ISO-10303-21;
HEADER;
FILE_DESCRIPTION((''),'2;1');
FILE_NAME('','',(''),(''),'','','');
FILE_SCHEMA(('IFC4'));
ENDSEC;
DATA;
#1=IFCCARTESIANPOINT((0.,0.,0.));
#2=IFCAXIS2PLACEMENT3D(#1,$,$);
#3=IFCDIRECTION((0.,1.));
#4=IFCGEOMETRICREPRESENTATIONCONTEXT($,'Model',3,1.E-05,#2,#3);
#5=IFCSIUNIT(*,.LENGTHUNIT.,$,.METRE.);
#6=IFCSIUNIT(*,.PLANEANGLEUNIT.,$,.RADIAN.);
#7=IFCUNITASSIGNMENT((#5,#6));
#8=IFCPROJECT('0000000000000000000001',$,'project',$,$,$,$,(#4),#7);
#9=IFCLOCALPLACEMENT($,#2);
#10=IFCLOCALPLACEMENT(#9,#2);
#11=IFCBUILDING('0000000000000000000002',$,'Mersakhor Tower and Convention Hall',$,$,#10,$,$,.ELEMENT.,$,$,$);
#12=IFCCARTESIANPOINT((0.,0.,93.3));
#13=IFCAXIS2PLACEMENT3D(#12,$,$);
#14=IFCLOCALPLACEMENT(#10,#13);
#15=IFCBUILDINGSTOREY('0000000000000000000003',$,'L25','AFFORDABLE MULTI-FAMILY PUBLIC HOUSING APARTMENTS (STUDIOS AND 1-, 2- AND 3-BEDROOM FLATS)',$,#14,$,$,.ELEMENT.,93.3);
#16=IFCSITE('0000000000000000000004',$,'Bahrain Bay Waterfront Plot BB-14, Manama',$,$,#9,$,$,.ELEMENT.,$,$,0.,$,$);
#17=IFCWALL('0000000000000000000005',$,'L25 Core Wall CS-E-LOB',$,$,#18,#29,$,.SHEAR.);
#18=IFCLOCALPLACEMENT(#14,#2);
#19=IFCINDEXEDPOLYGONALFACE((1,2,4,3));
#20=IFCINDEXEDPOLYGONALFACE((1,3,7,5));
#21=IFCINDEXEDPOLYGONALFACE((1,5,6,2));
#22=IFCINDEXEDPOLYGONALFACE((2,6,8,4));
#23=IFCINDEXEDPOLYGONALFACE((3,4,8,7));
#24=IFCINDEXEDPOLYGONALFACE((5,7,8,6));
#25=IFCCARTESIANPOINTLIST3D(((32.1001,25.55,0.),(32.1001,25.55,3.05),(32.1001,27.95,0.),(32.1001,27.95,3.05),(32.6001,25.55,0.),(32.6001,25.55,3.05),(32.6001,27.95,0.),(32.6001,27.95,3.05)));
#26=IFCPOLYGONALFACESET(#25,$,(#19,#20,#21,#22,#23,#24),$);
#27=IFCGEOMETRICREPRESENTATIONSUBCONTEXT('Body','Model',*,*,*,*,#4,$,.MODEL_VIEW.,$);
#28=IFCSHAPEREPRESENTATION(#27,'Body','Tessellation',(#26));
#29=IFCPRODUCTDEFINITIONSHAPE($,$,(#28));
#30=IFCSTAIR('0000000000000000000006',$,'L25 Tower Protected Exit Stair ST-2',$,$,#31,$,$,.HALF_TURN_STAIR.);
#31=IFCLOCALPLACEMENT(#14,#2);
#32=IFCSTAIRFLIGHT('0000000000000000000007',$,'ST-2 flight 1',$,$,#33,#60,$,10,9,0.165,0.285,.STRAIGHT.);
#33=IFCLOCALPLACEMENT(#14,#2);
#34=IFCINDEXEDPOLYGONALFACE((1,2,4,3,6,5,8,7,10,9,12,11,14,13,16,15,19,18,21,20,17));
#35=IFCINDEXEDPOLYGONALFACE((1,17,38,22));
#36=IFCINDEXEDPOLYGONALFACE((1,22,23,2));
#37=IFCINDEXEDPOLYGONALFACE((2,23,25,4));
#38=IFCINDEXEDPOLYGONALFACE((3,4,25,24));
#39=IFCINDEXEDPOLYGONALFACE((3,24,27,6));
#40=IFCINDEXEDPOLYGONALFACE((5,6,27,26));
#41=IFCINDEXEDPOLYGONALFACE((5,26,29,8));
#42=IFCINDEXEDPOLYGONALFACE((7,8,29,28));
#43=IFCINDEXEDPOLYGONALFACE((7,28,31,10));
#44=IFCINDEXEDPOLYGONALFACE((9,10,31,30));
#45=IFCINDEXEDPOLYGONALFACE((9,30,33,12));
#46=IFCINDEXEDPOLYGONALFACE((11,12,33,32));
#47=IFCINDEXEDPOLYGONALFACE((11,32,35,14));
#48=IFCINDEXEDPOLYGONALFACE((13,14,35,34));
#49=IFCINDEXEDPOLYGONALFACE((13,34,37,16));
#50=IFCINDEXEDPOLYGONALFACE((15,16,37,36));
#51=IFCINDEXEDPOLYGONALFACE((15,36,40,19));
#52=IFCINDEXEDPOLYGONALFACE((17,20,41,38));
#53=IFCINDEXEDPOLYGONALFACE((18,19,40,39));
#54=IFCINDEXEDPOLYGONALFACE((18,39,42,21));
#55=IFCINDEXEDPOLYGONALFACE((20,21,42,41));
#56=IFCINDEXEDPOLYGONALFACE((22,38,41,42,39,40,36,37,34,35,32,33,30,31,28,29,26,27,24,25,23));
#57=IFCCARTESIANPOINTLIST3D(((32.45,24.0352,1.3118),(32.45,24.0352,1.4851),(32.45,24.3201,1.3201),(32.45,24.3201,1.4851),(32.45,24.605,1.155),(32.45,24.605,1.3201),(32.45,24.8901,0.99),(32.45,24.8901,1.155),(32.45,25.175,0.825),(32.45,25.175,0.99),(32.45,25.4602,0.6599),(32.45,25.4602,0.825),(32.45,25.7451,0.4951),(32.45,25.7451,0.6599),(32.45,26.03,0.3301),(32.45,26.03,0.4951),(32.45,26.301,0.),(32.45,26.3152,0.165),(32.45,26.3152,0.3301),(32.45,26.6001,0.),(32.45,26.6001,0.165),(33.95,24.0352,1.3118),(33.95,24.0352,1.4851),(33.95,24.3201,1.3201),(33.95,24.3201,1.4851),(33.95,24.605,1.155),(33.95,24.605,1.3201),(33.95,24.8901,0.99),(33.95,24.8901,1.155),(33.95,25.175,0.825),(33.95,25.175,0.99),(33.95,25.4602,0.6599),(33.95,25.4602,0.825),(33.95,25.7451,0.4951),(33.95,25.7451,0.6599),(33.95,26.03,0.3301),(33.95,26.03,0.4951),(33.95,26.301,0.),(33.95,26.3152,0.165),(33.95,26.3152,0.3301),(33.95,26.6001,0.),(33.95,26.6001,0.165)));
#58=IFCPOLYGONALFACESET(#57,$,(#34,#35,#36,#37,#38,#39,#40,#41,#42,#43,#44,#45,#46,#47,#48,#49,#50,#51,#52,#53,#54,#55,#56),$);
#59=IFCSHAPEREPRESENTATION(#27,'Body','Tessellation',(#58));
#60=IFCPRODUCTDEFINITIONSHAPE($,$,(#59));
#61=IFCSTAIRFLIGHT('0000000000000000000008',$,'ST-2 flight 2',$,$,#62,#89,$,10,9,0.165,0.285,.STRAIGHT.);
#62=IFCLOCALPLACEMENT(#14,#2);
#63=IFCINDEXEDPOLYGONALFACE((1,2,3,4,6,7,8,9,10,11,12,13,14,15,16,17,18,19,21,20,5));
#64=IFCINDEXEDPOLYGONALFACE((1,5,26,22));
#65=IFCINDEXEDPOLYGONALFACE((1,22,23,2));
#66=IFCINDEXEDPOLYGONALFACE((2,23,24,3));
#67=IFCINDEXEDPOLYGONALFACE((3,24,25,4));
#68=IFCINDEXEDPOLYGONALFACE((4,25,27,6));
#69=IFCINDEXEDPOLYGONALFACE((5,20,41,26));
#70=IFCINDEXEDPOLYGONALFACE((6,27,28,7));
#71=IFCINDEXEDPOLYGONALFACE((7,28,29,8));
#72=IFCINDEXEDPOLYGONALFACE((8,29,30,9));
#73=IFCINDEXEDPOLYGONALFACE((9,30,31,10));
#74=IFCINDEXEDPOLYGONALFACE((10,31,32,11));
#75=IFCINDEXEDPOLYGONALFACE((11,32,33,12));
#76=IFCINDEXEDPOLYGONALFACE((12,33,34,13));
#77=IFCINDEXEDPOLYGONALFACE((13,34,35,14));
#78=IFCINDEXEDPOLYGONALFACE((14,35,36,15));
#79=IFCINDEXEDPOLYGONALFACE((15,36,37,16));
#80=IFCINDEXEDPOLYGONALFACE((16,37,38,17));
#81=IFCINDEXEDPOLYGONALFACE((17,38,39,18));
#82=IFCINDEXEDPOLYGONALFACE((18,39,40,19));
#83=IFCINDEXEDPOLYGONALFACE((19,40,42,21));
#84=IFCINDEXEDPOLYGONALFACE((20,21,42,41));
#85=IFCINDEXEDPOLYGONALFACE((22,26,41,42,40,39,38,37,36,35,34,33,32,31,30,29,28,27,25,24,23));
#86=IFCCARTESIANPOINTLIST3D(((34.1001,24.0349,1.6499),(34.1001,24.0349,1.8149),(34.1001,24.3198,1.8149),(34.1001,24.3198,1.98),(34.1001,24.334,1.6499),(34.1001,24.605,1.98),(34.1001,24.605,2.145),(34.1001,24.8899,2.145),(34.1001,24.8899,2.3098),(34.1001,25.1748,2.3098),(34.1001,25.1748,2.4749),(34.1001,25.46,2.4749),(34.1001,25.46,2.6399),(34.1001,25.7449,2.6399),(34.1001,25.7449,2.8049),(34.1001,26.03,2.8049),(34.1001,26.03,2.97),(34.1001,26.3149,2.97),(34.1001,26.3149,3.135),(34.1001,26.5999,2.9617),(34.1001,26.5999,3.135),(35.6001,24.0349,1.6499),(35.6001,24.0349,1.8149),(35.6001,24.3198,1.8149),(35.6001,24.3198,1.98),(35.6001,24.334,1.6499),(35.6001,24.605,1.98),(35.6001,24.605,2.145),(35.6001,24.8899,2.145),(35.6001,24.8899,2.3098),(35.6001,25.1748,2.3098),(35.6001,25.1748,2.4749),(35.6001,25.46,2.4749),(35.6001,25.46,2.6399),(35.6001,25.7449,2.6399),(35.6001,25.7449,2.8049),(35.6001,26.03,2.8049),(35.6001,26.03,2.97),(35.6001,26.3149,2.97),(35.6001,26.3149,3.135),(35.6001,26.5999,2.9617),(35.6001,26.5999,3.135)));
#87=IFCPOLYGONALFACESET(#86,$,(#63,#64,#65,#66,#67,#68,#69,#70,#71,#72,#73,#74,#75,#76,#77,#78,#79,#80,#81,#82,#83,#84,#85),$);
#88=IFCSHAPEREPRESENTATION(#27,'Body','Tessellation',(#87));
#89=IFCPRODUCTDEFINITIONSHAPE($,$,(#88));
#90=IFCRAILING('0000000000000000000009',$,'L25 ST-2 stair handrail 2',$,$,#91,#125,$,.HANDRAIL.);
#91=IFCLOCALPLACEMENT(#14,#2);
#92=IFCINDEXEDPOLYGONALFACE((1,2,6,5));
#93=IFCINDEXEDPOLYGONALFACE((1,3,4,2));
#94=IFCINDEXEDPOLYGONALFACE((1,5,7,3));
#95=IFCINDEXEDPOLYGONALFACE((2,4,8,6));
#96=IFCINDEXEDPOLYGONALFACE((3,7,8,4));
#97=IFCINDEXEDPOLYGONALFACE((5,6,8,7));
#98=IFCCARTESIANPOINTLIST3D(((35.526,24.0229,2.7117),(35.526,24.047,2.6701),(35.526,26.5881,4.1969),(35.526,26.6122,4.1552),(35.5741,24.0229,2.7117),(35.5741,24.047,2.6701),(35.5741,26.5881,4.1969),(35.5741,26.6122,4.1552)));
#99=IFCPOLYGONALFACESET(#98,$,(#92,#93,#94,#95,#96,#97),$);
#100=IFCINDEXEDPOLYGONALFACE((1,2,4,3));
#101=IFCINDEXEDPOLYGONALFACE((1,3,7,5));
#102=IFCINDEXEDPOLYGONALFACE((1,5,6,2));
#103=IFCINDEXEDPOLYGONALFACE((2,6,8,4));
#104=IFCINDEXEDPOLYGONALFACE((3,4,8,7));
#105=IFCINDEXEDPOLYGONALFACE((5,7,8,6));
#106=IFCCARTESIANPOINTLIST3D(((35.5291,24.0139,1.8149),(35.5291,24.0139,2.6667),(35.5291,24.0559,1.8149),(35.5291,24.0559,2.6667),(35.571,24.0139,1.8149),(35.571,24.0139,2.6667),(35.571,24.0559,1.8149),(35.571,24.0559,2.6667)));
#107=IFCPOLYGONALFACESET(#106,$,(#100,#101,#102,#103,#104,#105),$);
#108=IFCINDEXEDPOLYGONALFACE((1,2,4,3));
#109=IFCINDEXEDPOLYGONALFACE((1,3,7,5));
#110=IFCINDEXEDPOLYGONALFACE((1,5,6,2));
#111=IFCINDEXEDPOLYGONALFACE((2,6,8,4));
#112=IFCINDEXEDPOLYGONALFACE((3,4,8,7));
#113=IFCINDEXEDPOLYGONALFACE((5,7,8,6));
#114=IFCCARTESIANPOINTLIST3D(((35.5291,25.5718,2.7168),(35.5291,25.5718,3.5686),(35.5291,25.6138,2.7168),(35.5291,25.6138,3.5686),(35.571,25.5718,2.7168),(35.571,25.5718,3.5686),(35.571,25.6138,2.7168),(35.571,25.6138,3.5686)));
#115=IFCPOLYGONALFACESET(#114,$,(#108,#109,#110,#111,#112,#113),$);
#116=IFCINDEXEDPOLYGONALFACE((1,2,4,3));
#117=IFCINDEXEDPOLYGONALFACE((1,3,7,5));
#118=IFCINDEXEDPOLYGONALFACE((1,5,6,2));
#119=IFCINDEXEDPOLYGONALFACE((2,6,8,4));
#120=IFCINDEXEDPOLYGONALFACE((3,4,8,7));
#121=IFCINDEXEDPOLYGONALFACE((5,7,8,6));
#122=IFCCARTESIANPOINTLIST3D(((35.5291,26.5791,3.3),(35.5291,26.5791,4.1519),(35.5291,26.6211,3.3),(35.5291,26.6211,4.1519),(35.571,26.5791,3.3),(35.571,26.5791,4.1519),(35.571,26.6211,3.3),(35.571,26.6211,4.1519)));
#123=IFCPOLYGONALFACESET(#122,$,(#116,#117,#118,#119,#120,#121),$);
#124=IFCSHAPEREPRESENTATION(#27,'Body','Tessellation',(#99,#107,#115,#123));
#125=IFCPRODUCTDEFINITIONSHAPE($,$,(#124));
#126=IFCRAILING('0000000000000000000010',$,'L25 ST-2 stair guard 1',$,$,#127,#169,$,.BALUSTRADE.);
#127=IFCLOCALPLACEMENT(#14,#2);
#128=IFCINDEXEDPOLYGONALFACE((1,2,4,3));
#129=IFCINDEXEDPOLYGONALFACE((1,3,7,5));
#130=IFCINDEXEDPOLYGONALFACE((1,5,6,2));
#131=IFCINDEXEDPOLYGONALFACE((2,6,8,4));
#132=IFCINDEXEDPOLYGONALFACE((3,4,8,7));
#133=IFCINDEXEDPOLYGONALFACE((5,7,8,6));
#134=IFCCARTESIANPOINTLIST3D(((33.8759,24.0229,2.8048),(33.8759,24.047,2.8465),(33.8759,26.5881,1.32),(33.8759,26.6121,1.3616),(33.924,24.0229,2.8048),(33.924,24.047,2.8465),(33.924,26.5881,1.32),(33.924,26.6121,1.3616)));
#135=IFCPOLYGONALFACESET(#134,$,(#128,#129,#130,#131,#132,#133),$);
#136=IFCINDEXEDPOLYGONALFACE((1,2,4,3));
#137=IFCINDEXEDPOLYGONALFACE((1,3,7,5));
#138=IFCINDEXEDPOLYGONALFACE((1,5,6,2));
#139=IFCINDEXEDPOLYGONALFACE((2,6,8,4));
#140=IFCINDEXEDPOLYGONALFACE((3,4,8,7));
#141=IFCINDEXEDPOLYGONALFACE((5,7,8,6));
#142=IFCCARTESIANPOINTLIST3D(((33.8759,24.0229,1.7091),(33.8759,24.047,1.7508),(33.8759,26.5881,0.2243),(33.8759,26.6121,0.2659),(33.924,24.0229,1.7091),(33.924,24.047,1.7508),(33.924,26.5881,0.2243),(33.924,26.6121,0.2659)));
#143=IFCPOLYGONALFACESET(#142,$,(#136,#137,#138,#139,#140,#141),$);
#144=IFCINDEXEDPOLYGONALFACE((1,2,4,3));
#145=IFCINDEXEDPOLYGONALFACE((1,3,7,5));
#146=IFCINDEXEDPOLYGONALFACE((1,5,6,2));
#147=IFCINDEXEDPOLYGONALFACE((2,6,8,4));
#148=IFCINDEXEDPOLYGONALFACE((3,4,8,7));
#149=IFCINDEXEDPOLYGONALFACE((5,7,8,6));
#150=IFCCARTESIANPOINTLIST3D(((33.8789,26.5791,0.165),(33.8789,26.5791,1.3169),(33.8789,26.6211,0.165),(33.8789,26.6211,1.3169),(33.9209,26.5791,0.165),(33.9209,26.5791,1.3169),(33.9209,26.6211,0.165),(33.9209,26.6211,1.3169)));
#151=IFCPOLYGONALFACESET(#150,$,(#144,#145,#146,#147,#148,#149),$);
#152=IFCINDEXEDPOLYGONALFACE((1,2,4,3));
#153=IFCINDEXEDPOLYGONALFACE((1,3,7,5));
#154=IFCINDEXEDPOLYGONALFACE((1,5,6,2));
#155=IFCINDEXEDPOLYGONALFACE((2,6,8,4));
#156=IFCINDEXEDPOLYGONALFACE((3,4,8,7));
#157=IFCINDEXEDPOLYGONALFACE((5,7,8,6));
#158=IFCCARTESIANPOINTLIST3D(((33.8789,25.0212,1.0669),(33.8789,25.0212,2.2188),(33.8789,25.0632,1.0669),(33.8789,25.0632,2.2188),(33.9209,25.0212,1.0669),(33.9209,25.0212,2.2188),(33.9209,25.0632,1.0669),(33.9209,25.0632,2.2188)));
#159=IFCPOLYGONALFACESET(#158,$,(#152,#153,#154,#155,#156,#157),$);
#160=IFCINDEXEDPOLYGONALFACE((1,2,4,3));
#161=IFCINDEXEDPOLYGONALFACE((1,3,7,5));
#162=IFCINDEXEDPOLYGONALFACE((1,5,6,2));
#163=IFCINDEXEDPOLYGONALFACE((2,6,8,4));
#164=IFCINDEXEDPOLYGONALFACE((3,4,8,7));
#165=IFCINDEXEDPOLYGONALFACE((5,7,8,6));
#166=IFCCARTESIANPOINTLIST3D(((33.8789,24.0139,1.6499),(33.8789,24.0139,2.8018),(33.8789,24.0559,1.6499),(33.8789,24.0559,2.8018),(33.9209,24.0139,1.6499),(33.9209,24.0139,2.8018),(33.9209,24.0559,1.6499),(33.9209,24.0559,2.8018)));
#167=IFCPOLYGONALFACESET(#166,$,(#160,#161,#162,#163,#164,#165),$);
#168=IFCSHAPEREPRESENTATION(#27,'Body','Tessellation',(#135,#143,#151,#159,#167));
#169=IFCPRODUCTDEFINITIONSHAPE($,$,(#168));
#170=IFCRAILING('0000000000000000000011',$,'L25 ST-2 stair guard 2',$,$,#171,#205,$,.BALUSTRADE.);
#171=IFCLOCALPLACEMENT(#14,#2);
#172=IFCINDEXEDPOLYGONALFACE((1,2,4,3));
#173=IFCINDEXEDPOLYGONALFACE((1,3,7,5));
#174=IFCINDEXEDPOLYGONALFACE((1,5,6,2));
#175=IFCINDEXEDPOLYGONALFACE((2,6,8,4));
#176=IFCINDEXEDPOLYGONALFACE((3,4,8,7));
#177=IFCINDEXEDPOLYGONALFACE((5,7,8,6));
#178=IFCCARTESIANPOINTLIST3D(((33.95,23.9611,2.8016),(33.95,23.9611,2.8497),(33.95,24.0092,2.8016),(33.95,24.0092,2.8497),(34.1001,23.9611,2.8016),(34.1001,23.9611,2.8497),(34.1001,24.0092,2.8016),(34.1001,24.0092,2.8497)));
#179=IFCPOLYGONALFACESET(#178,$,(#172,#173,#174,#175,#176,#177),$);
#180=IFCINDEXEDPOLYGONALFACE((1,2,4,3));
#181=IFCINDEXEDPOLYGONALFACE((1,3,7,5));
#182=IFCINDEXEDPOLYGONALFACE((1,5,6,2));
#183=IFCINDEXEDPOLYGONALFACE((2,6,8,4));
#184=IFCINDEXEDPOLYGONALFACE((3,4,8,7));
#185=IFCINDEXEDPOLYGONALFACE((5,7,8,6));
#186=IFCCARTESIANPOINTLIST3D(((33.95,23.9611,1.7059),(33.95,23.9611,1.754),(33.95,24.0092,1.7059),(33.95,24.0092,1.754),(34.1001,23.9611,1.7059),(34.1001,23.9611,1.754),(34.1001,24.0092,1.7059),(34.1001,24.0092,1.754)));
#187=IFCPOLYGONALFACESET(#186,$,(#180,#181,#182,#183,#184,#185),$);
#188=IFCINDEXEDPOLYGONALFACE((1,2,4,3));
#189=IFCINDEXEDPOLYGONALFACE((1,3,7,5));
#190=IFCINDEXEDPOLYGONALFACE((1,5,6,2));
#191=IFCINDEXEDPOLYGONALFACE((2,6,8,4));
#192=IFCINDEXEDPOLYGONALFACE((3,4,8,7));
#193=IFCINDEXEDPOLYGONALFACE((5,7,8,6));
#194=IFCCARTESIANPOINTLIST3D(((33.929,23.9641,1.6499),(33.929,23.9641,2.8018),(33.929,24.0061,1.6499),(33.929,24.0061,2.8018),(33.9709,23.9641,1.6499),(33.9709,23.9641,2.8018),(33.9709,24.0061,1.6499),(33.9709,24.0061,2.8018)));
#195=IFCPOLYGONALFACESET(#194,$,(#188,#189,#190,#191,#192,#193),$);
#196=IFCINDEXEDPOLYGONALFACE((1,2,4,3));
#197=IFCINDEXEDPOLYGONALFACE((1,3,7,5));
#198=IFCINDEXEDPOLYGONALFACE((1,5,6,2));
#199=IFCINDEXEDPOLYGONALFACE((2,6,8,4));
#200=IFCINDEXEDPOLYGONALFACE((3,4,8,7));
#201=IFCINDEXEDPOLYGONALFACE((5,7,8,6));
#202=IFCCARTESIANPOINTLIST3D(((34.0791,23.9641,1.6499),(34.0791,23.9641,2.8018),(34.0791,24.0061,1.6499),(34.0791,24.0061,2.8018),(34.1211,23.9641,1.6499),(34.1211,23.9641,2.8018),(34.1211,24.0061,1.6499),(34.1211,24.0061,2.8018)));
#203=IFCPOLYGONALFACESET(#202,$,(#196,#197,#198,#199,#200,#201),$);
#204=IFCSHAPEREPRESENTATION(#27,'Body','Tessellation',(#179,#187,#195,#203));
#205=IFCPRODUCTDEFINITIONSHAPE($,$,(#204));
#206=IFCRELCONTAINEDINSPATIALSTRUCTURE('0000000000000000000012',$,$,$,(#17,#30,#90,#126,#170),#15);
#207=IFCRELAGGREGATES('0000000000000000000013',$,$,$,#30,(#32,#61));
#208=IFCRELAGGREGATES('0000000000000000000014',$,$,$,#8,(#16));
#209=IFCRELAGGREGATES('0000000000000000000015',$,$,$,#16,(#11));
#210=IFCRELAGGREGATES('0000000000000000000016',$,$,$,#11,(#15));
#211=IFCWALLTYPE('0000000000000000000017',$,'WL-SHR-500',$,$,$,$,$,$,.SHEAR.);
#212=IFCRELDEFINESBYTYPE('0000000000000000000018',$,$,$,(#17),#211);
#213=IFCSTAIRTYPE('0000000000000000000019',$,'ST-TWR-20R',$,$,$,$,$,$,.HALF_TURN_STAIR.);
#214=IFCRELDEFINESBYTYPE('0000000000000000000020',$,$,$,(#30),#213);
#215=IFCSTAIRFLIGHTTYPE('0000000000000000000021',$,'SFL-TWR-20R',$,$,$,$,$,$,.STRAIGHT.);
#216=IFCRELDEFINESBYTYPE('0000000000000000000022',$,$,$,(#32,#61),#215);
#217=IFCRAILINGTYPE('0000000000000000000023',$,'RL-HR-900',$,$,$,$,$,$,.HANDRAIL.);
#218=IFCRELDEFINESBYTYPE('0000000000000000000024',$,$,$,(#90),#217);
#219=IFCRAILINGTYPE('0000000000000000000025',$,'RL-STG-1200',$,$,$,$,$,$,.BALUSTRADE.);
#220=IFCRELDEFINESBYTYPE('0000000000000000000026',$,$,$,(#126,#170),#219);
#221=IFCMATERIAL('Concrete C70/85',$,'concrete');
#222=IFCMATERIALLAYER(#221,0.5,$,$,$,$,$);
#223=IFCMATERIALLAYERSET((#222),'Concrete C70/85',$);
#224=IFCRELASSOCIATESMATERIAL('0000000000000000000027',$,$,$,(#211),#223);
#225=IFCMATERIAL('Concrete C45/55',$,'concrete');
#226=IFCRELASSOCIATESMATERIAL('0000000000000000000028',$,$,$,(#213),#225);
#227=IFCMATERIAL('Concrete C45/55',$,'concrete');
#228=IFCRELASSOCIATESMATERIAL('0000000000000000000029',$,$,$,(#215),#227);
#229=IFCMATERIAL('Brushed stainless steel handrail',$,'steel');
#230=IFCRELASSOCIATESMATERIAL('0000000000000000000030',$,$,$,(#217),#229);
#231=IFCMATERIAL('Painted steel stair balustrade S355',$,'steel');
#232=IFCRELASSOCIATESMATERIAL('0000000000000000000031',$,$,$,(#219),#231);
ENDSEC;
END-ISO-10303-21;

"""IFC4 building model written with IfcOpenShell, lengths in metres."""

from ifc_helpers import new_model, si_unit, direction, frame, frame_2d, origin, origin_2d, place, context, subcontext, project, spatial, polyline, rectangle, outline, extrude, material, layer, layer_set, type_object, element, aggregate, save


model = new_model("IFC4")

# Units and contexts
model_context = context("Model", 3, precision=1e-05, world=origin(), true_north=direction((0.0, 1.0)))
body_context = subcontext(model_context, "Body", "Model", "MODEL_VIEW")
ifc_project = project(units=[si_unit("LENGTHUNIT", "METRE"), si_unit("PLANEANGLEUNIT", "RADIAN")], contexts=[model_context])

# Site, building, storey
site_placement = place(None, origin())
site = spatial("IfcSite", under=ifc_project, at=site_placement, Name="Bahrain Bay Waterfront Plot BB-14, Manama", CompositionType="ELEMENT", RefElevation=0.0)
building_placement = place(site_placement, origin())
building = spatial("IfcBuilding", under=site, at=building_placement, Name="Mersakhor Tower and Convention Hall", CompositionType="ELEMENT")
storey_placement = place(building_placement, frame((0.0, 0.0, 93.3)))
storey = spatial("IfcBuildingStorey", under=building, at=storey_placement, Name="L25", Description="AFFORDABLE MULTI-FAMILY PUBLIC HOUSING APARTMENTS (STUDIOS AND 1-, 2- AND 3-BEDROOM FLATS)", CompositionType="ELEMENT", Elevation=93.3)

# Shared definitions
ifc_material_1 = material(Name="Concrete C70/85", Category="concrete")
ifc_layer_1 = layer(ifc_material_1, 0.5)
ifc_layer_set_1 = layer_set([ifc_layer_1], Name="Concrete C70/85")
wall_type_1 = type_object("IfcWallType", Name="WL-SHR-500", PredefinedType="SHEAR", material=ifc_layer_set_1)

# Wall
wall_1_placement = place(storey_placement, frame((32.3501, 25.55, 0.0), z_axis=(0.0, 0.0, 1.0), x_axis=(0.0, 1.0, 0.0)))
element("IfcWall", 1, at=wall_1_placement, inside=storey, type_object=wall_type_1, Name="L25 Core Wall CS-E-LOB", PredefinedType="SHEAR", context=body_context, shape_type="SweptSolid", body=[
    extrude(rectangle(XDim=2.3999, YDim=0.5, at=frame_2d((1.2, 0.0))), origin(), (0.0, 0.0, 1.0), 3.05),
])

# Stair, stair flights
ifc_material_2 = material(Name="Concrete C45/55", Category="concrete")
stair_type = type_object("IfcStairType", Name="ST-TWR-20R", PredefinedType="HALF_TURN_STAIR", material=ifc_material_2)
stair_placement = place(storey_placement, origin())
stair = element("IfcStair", 2, at=stair_placement, inside=storey, type_object=stair_type, Name="L25 Tower Protected Exit Stair ST-2", PredefinedType="HALF_TURN_STAIR")
ifc_material_3 = material(Name="Concrete C45/55", Category="concrete")
stair_flight_type = type_object("IfcStairFlightType", Name="SFL-TWR-20R", PredefinedType="STRAIGHT", material=ifc_material_3)
stair_flight_1_placement = place(storey_placement, frame((33.2, 26.6001, 0.0), z_axis=(0.0, 0.0, 1.0), x_axis=(0.0, -1.0, 0.0)))
stair_flight_1 = element("IfcStairFlight", 3, at=stair_flight_1_placement, type_object=stair_flight_type, Name="ST-2 flight 1", NumberOfRisers=10, NumberOfTreads=9, PredefinedType="STRAIGHT", RiserHeight=0.165, TreadLength=0.285, context=body_context, shape_type="SweptSolid", body=[
    extrude(outline(polyline([(0.0, 0.0), (0.0, 0.165), (0.2849, 0.165), (0.2849, 0.3301), (0.5701, 0.3301), (0.5701, 0.4951), (0.855, 0.4951), (0.855, 0.6599), (1.1399, 0.6599), (1.1399, 0.825), (1.425, 0.825), (1.425, 0.99), (1.71, 0.99), (1.71, 1.155), (1.9951, 1.155), (1.9951, 1.3201), (2.28, 1.3201), (2.28, 1.4851), (2.5649, 1.4851), (2.5649, 1.6499), (2.5649, 1.3118), (0.2991, 0.0), (0.0, 0.0)])), frame((0.0, 0.75, 0.0), z_axis=(0.0, -1.0, 0.0), x_axis=(1.0, 0.0, 0.0)), (0.0, 0.0, 1.0), 1.5),
])
stair_flight_2_placement = place(storey_placement, frame((34.8501, 24.0349, 1.6499), z_axis=(0.0, 0.0, 1.0), x_axis=(0.0, 1.0, 0.0)))
stair_flight_2 = element("IfcStairFlight", 4, at=stair_flight_2_placement, type_object=stair_flight_type, Name="ST-2 flight 2", NumberOfRisers=10, NumberOfTreads=9, PredefinedType="STRAIGHT", RiserHeight=0.165, TreadLength=0.285, context=body_context, shape_type="SweptSolid", body=[
    extrude(outline(polyline([(0.0, 0.0), (0.0, 0.165), (0.2849, 0.165), (0.2849, 0.3301), (0.5701, 0.3301), (0.5701, 0.4951), (0.855, 0.4951), (0.855, 0.6599), (1.1399, 0.6599), (1.1399, 0.825), (1.425, 0.825), (1.425, 0.99), (1.71, 0.99), (1.71, 1.155), (1.9951, 1.155), (1.9951, 1.3201), (2.28, 1.3201), (2.28, 1.4851), (2.5649, 1.4851), (2.5649, 1.6499), (2.5649, 1.3118), (0.2991, 0.0), (0.0, 0.0)])), frame((0.0, 0.75, 0.0), z_axis=(0.0, -1.0, 0.0), x_axis=(1.0, 0.0, 0.0)), (0.0, 0.0, 1.0), 1.5),
])
aggregate(stair, [stair_flight_1, stair_flight_2])

# Railings
ifc_material_4 = material(Name="Brushed stainless steel handrail", Category="steel")
railing_type_1 = type_object("IfcRailingType", Name="RL-HR-900", PredefinedType="HANDRAIL", material=ifc_material_4)
railing_1_placement = place(storey_placement, frame((35.55, 24.0349, 1.8149)))
element("IfcRailing", 5, at=railing_1_placement, inside=storey, type_object=railing_type_1, Name="L25 ST-2 stair handrail 2", PredefinedType="HANDRAIL", context=body_context, shape_type="SweptSolid", body=[
    extrude(rectangle(XDim=0.0481, YDim=0.0481, at=origin_2d()), frame((0.0, 0.0, 0.876), z_axis=(0.0, 0.865426, 0.501036), x_axis=(-1.0, 0.0, 0.0)), (0.0, 0.0, 1.0), 2.9641),
    extrude(rectangle(XDim=0.042, YDim=0.042, at=origin_2d()), origin(), (0.0, 0.0, 1.0), 0.8518),
    extrude(rectangle(XDim=0.042, YDim=0.042, at=origin_2d()), frame((0.0, 1.5579, 0.9019)), (0.0, 0.0, 1.0), 0.8518),
    extrude(rectangle(XDim=0.042, YDim=0.042, at=origin_2d()), frame((0.0, 2.5652, 1.4851)), (0.0, 0.0, 1.0), 0.8518),
])
ifc_material_5 = material(Name="Painted steel stair balustrade S355", Category="steel")
railing_type_2 = type_object("IfcRailingType", Name="RL-STG-1200", PredefinedType="BALUSTRADE", material=ifc_material_5)
railing_2_placement = place(storey_placement, frame((33.8999, 26.6001, 0.165)))
element("IfcRailing", 6, at=railing_2_placement, inside=storey, type_object=railing_type_2, Name="L25 ST-2 stair guard 1", PredefinedType="BALUSTRADE", context=body_context, shape_type="SweptSolid", body=[
    extrude(rectangle(XDim=0.0481, YDim=0.0481, at=origin_2d()), frame((0.0, 0.0, 1.1758), z_axis=(0.0, -0.865462, 0.500975), x_axis=(1.0, 0.0, 0.0)), (0.0, 0.0, 1.0), 2.9639),
    extrude(rectangle(XDim=0.0481, YDim=0.0481, at=origin_2d()), frame((0.0, 0.0, 0.0801), z_axis=(0.0, -0.865462, 0.500975), x_axis=(1.0, 0.0, 0.0)), (0.0, 0.0, 1.0), 2.9639),
    extrude(rectangle(XDim=0.042, YDim=0.042, at=origin_2d()), origin(), (0.0, 0.0, 1.0), 1.1519),
    extrude(rectangle(XDim=0.042, YDim=0.042, at=origin_2d()), frame((0.0, -1.5579, 0.9019)), (0.0, 0.0, 1.0), 1.1519),
    extrude(rectangle(XDim=0.042, YDim=0.042, at=origin_2d()), frame((0.0, -2.5652, 1.4849)), (0.0, 0.0, 1.0), 1.1519),
])
railing_3_placement = place(storey_placement, frame((33.95, 23.9851, 1.6499)))
element("IfcRailing", 7, at=railing_3_placement, inside=storey, type_object=railing_type_2, Name="L25 ST-2 stair guard 2", PredefinedType="BALUSTRADE", context=body_context, shape_type="SweptSolid", body=[
    extrude(rectangle(XDim=0.0481, YDim=0.0481, at=origin_2d()), frame((0.0, 0.0, 1.1758), z_axis=(1.0, 0.0, 0.0), x_axis=(0.0, 1.0, 0.0)), (0.0, 0.0, 1.0), 0.1501),
    extrude(rectangle(XDim=0.0481, YDim=0.0481, at=origin_2d()), frame((0.0, 0.0, 0.0801), z_axis=(1.0, 0.0, 0.0), x_axis=(0.0, 1.0, 0.0)), (0.0, 0.0, 1.0), 0.1501),
    extrude(rectangle(XDim=0.042, YDim=0.042, at=origin_2d()), origin(), (0.0, 0.0, 1.0), 1.1519),
    extrude(rectangle(XDim=0.042, YDim=0.042, at=origin_2d()), frame((0.1501, 0.0, 0.0)), (0.0, 0.0, 1.0), 1.1519),
])

save(model, "model.ifc")
